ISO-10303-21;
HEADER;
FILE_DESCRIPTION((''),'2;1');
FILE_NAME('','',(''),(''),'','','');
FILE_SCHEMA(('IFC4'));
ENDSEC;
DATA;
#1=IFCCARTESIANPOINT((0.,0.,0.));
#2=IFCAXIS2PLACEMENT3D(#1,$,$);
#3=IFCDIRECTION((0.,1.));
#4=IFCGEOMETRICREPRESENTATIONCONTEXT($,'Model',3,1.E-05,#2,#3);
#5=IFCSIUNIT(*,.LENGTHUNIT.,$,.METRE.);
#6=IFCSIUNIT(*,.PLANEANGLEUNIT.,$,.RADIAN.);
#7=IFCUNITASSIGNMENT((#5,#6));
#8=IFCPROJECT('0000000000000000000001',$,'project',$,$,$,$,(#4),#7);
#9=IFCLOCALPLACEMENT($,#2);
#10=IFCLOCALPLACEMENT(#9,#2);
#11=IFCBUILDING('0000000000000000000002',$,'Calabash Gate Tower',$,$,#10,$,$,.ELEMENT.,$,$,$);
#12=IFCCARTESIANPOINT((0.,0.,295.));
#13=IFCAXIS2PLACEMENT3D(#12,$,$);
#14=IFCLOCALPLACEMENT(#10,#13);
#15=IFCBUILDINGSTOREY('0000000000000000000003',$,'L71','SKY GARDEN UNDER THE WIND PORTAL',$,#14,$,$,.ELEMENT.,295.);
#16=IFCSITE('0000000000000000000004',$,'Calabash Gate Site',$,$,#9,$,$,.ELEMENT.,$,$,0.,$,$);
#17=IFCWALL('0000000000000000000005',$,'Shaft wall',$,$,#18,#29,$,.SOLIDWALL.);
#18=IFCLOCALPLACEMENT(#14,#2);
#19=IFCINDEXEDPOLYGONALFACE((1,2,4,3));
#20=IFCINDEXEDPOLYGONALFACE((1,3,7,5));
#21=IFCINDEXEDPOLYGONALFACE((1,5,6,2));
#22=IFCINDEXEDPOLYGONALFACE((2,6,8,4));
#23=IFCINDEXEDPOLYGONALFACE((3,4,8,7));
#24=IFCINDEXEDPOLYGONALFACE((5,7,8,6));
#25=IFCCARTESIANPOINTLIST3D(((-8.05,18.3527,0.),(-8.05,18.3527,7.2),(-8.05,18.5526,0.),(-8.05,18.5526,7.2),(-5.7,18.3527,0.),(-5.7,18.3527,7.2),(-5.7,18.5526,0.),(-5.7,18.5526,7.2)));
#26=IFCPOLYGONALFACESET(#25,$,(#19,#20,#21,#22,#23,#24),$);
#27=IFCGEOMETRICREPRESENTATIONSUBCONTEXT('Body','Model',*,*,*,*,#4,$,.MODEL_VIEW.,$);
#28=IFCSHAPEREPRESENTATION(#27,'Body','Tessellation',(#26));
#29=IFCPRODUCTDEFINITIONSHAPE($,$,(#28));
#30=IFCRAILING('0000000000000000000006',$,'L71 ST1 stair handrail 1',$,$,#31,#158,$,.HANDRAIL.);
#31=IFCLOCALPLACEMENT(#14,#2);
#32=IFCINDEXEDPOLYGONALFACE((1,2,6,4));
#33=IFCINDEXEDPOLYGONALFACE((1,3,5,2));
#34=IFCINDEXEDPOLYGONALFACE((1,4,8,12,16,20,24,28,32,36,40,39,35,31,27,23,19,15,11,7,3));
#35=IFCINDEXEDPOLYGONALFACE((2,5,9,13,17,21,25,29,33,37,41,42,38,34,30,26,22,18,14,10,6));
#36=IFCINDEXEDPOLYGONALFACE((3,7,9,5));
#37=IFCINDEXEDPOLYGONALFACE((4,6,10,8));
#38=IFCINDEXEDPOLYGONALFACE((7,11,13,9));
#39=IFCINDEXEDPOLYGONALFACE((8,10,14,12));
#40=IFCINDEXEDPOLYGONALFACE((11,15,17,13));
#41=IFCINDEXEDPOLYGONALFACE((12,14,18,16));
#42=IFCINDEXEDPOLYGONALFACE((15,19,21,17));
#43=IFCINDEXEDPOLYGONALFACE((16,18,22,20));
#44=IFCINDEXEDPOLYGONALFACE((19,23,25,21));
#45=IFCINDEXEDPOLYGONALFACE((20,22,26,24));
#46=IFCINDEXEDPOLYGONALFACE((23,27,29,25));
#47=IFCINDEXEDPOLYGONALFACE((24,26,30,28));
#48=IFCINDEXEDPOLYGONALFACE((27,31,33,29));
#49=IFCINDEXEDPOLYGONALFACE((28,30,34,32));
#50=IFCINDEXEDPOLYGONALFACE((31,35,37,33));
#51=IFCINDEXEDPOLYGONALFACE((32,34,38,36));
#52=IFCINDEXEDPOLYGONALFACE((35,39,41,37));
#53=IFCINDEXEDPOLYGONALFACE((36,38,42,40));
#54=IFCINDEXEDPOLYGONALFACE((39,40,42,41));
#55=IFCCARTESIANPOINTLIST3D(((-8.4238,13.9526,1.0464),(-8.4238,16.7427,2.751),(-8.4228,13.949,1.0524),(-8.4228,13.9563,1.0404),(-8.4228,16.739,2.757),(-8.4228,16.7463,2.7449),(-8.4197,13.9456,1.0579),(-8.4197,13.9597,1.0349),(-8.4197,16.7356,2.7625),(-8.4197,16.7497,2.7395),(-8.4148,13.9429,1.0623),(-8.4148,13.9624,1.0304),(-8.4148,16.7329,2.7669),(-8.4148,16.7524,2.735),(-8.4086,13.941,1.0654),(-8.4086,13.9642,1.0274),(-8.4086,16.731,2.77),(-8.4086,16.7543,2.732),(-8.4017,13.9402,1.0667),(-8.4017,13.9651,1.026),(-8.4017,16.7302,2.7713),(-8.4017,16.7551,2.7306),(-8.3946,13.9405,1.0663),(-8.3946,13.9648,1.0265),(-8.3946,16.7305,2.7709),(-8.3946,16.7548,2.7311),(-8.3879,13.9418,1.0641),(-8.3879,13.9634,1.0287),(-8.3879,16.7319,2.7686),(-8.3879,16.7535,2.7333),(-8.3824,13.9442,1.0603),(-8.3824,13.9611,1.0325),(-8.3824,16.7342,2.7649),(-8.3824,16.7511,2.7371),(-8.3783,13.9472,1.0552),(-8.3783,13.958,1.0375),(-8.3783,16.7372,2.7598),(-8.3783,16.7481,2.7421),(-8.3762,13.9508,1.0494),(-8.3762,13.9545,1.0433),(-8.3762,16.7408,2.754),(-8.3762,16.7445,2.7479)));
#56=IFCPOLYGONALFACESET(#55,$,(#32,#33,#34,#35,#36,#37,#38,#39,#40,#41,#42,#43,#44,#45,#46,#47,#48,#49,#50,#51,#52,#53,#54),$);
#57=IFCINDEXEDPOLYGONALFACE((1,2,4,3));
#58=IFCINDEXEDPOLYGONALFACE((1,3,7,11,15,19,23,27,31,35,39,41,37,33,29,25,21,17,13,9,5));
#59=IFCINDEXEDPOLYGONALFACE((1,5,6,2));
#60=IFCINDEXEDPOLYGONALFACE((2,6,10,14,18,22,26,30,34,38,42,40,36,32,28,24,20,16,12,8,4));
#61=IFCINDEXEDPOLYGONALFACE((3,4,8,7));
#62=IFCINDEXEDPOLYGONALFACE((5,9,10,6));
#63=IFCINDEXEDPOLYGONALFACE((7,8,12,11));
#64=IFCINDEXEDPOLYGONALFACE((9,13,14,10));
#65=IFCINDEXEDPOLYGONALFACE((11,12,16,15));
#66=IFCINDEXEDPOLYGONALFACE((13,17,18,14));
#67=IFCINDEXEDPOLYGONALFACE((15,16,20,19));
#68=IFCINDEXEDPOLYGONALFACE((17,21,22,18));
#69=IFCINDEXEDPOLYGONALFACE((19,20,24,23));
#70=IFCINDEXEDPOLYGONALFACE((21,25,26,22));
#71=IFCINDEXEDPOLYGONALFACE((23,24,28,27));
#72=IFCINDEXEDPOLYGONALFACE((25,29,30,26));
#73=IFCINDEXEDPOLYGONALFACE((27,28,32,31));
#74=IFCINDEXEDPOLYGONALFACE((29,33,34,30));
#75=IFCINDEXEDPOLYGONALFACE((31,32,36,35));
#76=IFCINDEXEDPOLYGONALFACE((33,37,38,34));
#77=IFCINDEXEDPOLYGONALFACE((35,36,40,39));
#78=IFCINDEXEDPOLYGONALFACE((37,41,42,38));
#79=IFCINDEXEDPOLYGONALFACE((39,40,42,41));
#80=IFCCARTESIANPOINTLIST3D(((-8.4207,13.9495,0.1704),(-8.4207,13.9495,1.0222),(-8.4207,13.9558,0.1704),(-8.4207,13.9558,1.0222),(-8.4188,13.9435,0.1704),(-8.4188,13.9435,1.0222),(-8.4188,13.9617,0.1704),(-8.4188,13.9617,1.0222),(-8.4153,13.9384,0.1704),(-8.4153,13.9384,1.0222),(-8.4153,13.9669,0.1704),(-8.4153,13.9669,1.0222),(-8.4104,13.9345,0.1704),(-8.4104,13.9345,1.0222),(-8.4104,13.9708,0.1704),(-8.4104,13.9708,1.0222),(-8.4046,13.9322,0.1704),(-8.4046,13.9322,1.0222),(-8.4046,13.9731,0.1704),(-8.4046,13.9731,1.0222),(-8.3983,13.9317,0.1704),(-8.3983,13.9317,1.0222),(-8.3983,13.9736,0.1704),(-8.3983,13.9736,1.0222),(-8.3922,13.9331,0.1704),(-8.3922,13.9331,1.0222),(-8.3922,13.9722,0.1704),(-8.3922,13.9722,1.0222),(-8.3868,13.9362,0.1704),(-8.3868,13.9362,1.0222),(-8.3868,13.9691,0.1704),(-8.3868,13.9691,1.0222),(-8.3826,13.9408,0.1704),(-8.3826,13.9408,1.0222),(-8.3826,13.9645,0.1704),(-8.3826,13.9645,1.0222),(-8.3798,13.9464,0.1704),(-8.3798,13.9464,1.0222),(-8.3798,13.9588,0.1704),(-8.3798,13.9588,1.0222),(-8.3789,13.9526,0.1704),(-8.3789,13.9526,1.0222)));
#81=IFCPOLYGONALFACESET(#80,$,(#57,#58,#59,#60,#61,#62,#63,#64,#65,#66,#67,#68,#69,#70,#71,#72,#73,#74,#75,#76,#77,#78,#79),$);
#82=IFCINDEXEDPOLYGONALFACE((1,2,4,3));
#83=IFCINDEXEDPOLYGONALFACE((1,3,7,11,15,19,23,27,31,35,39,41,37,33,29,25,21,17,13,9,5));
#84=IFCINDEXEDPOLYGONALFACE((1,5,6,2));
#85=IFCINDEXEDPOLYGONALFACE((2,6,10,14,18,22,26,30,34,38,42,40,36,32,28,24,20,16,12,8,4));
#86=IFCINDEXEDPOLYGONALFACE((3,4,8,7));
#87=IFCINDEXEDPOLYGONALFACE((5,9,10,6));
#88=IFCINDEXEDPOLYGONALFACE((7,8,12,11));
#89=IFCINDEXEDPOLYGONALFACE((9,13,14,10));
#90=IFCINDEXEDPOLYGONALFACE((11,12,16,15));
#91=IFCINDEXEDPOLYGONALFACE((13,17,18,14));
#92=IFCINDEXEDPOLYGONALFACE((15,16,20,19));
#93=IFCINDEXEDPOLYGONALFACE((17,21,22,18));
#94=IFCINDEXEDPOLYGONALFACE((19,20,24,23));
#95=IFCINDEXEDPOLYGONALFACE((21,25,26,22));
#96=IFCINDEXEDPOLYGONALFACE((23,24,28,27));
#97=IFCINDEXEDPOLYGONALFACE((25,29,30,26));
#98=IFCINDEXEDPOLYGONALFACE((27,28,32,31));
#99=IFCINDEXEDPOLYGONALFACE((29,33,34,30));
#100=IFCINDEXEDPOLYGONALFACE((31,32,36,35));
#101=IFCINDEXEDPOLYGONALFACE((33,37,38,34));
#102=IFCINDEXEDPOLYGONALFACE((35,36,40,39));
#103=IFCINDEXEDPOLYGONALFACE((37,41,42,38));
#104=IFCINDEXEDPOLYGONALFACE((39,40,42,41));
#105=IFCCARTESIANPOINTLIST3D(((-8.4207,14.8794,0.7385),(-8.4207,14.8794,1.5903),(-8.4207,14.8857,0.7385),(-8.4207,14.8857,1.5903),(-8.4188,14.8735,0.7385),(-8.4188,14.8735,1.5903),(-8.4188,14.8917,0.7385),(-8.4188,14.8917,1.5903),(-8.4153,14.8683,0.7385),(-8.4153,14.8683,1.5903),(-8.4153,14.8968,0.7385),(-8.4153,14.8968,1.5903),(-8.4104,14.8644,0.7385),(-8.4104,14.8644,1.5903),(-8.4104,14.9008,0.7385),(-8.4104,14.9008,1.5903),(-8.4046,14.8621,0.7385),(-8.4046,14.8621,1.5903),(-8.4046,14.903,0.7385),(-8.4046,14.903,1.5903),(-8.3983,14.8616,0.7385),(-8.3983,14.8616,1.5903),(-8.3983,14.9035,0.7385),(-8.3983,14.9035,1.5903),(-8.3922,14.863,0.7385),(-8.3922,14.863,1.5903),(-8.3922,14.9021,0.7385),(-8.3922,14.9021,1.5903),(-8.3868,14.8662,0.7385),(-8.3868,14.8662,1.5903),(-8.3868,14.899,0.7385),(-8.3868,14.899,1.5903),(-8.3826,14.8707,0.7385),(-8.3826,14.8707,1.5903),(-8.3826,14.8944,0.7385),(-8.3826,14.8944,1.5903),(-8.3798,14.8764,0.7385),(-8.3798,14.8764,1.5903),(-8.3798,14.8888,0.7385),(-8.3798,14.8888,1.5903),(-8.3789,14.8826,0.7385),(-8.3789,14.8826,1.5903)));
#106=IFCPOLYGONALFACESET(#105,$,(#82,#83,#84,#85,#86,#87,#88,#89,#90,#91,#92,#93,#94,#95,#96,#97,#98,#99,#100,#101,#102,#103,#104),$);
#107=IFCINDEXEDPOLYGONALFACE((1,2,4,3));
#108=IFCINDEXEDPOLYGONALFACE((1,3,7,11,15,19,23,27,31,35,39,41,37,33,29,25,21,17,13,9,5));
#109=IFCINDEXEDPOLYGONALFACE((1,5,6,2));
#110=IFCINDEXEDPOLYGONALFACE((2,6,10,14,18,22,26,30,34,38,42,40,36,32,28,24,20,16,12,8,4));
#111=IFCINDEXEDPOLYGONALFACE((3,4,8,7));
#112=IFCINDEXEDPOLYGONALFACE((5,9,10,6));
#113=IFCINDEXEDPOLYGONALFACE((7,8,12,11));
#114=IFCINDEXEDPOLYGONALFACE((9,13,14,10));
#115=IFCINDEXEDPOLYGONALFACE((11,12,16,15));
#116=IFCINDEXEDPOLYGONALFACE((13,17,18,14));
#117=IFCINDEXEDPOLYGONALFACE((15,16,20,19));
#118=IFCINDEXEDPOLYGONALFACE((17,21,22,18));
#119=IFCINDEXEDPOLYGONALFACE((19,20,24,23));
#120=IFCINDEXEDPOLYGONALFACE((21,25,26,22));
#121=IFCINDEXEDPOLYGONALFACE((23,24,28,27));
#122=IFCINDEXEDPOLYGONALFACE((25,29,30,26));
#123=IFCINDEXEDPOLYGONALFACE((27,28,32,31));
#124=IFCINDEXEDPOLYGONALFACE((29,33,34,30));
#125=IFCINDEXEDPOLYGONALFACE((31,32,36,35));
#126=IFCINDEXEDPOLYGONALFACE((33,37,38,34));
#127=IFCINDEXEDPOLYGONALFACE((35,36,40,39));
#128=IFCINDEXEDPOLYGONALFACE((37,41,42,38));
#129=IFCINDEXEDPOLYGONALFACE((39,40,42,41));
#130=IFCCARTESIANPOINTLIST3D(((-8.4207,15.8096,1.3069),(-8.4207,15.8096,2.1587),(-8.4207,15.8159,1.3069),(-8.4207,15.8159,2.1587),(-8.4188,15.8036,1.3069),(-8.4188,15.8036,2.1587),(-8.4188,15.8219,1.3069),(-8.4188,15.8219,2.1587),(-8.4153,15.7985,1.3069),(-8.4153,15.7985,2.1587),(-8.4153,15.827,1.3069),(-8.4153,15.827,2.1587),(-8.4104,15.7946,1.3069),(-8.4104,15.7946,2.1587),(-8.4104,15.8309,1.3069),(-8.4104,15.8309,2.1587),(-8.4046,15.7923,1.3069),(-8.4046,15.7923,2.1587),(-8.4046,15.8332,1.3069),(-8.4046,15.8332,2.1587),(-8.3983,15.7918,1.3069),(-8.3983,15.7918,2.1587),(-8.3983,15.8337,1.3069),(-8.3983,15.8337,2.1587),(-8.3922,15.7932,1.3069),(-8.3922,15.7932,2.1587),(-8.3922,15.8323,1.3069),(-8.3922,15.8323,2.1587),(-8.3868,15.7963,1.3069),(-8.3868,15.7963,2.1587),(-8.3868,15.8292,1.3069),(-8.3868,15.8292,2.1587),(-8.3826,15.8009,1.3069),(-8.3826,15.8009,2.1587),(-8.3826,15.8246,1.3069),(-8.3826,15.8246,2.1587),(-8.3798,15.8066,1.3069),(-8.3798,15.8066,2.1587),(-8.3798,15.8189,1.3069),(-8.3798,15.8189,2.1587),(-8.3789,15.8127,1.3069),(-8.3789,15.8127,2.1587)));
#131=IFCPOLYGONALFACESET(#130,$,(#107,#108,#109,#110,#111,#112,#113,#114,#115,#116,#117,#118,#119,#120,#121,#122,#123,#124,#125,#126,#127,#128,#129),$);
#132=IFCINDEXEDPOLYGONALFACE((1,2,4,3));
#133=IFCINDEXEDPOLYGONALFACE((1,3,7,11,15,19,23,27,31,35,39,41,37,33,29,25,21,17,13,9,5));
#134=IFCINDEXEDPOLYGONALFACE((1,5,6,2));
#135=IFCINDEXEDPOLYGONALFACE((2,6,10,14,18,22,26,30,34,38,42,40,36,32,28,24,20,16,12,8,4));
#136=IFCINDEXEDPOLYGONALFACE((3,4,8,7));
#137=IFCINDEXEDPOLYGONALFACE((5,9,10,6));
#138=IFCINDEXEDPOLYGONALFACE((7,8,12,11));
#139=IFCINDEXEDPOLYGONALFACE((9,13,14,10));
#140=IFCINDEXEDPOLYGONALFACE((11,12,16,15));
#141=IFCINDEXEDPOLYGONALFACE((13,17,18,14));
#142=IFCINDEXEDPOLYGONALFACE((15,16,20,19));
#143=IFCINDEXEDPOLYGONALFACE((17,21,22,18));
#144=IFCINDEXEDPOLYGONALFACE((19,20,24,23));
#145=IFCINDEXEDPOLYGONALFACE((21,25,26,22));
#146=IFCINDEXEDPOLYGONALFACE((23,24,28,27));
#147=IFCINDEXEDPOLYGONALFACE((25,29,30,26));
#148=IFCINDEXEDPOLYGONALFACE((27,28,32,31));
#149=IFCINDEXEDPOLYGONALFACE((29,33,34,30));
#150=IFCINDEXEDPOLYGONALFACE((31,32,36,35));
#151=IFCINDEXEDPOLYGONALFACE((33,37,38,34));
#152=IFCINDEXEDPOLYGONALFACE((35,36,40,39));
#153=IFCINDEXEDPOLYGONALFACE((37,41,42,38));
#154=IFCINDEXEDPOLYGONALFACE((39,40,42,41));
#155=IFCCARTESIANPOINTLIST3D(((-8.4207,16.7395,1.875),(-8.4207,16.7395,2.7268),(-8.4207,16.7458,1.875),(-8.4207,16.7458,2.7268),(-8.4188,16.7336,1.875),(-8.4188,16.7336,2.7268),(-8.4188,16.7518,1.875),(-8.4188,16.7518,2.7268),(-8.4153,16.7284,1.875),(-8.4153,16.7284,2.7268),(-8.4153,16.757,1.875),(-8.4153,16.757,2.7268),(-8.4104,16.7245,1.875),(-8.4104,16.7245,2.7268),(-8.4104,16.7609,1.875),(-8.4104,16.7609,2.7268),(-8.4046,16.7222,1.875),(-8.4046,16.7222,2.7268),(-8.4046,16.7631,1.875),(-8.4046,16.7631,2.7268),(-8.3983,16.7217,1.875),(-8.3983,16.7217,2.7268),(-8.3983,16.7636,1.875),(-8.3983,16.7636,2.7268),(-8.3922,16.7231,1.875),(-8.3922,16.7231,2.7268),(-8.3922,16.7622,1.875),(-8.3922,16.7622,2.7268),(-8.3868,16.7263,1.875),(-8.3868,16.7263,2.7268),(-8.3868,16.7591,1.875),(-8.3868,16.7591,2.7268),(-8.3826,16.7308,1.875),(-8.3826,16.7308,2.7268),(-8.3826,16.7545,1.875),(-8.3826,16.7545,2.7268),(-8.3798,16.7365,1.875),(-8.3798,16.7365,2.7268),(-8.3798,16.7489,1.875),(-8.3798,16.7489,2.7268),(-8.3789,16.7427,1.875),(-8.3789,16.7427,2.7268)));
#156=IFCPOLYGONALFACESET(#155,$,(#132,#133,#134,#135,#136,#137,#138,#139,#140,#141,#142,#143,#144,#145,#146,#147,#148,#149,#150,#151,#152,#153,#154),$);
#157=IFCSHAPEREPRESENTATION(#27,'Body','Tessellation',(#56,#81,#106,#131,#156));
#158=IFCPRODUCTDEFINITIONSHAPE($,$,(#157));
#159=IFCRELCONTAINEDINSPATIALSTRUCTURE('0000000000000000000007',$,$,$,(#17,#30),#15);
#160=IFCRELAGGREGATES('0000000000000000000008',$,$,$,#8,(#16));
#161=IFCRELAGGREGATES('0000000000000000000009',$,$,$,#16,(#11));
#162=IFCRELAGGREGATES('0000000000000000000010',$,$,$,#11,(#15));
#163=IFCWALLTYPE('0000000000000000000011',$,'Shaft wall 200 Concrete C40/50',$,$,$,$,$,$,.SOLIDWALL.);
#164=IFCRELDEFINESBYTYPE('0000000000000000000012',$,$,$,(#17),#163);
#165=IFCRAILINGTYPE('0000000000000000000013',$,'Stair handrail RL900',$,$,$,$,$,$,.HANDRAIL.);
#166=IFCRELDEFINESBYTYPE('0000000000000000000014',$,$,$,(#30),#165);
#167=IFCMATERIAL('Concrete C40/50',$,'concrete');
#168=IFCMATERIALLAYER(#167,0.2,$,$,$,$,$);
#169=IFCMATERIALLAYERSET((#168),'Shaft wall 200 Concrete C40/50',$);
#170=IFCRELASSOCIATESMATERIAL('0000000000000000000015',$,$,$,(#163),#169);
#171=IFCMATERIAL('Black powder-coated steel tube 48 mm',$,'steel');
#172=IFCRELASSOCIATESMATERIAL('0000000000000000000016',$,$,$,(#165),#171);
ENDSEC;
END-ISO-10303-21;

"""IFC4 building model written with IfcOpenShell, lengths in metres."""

from ifc_helpers import new_model, si_unit, direction, frame, frame_2d, origin, origin_2d, place, context, subcontext, project, spatial, rectangle, circle, extrude, material, layer, layer_set, type_object, element, save


model = new_model("IFC4")

# Units and contexts
model_context = context("Model", 3, precision=1e-05, world=origin(), true_north=direction((0.0, 1.0)))
body_context = subcontext(model_context, "Body", "Model", "MODEL_VIEW")
ifc_project = project(units=[si_unit("LENGTHUNIT", "METRE"), si_unit("PLANEANGLEUNIT", "RADIAN")], contexts=[model_context])

# Site, building, storey
site_placement = place(None, origin())
site = spatial("IfcSite", under=ifc_project, at=site_placement, Name="Calabash Gate Site", CompositionType="ELEMENT", RefElevation=0.0)
building_placement = place(site_placement, origin())
building = spatial("IfcBuilding", under=site, at=building_placement, Name="Calabash Gate Tower", CompositionType="ELEMENT")
storey_placement = place(building_placement, frame((0.0, 0.0, 295.0)))
storey = spatial("IfcBuildingStorey", under=building, at=storey_placement, Name="L71", Description="SKY GARDEN UNDER THE WIND PORTAL", CompositionType="ELEMENT", Elevation=295.0)

# Shared definitions
ifc_material_1 = material(Name="Concrete C40/50", Category="concrete")
ifc_layer_1 = layer(ifc_material_1, 0.2)
ifc_layer_set_1 = layer_set([ifc_layer_1], Name="Shaft wall 200 Concrete C40/50")
wall_type_1 = type_object("IfcWallType", Name="Shaft wall 200 Concrete C40/50", PredefinedType="SOLIDWALL", material=ifc_layer_set_1)

# Wall
wall_1_placement = place(storey_placement, frame((-8.05, 18.4526, 0.0), z_axis=(0.0, 0.0, 1.0), x_axis=(1.0, 0.0, 0.0)))
element("IfcWall", 1, at=wall_1_placement, inside=storey, type_object=wall_type_1, Name="Shaft wall", PredefinedType="SOLIDWALL", context=body_context, shape_type="SweptSolid", body=[
    extrude(rectangle(XDim=2.3501, YDim=0.2, at=frame_2d((1.175, 0.0))), origin(), (0.0, 0.0, 1.0), 7.2),
])

# Railing
ifc_material_2 = material(Name="Black powder-coated steel tube 48 mm", Category="steel")
railing_type_1 = type_object("IfcRailingType", Name="Stair handrail RL900", PredefinedType="HANDRAIL", material=ifc_material_2)
railing_1_placement = place(storey_placement, frame((-8.3999, 13.9526, 0.1704)))
element("IfcRailing", 2, at=railing_1_placement, inside=storey, type_object=railing_type_1, Name="L71 ST1 stair handrail 1", PredefinedType="HANDRAIL", context=body_context, shape_type="SweptSolid", body=[
    extrude(circle(Radius=0.0239, at=origin_2d()), frame((0.0, 0.0, 0.876), z_axis=(0.0, 0.853341, 0.521353), x_axis=(-1.0, 0.0, 0.0)), (0.0, 0.0, 1.0), 3.2695),
    extrude(circle(Radius=0.021, at=origin_2d()), origin(), (0.0, 0.0, 1.0), 0.8518),
    extrude(circle(Radius=0.021, at=origin_2d()), frame((0.0, 0.9299, 0.5681)), (0.0, 0.0, 1.0), 0.8518),
    extrude(circle(Radius=0.021, at=origin_2d()), frame((0.0, 1.8601, 1.1365)), (0.0, 0.0, 1.0), 0.8518),
    extrude(circle(Radius=0.021, at=origin_2d()), frame((0.0, 2.79, 1.7046)), (0.0, 0.0, 1.0), 0.8518),
])

save(model, "model.ifc")
